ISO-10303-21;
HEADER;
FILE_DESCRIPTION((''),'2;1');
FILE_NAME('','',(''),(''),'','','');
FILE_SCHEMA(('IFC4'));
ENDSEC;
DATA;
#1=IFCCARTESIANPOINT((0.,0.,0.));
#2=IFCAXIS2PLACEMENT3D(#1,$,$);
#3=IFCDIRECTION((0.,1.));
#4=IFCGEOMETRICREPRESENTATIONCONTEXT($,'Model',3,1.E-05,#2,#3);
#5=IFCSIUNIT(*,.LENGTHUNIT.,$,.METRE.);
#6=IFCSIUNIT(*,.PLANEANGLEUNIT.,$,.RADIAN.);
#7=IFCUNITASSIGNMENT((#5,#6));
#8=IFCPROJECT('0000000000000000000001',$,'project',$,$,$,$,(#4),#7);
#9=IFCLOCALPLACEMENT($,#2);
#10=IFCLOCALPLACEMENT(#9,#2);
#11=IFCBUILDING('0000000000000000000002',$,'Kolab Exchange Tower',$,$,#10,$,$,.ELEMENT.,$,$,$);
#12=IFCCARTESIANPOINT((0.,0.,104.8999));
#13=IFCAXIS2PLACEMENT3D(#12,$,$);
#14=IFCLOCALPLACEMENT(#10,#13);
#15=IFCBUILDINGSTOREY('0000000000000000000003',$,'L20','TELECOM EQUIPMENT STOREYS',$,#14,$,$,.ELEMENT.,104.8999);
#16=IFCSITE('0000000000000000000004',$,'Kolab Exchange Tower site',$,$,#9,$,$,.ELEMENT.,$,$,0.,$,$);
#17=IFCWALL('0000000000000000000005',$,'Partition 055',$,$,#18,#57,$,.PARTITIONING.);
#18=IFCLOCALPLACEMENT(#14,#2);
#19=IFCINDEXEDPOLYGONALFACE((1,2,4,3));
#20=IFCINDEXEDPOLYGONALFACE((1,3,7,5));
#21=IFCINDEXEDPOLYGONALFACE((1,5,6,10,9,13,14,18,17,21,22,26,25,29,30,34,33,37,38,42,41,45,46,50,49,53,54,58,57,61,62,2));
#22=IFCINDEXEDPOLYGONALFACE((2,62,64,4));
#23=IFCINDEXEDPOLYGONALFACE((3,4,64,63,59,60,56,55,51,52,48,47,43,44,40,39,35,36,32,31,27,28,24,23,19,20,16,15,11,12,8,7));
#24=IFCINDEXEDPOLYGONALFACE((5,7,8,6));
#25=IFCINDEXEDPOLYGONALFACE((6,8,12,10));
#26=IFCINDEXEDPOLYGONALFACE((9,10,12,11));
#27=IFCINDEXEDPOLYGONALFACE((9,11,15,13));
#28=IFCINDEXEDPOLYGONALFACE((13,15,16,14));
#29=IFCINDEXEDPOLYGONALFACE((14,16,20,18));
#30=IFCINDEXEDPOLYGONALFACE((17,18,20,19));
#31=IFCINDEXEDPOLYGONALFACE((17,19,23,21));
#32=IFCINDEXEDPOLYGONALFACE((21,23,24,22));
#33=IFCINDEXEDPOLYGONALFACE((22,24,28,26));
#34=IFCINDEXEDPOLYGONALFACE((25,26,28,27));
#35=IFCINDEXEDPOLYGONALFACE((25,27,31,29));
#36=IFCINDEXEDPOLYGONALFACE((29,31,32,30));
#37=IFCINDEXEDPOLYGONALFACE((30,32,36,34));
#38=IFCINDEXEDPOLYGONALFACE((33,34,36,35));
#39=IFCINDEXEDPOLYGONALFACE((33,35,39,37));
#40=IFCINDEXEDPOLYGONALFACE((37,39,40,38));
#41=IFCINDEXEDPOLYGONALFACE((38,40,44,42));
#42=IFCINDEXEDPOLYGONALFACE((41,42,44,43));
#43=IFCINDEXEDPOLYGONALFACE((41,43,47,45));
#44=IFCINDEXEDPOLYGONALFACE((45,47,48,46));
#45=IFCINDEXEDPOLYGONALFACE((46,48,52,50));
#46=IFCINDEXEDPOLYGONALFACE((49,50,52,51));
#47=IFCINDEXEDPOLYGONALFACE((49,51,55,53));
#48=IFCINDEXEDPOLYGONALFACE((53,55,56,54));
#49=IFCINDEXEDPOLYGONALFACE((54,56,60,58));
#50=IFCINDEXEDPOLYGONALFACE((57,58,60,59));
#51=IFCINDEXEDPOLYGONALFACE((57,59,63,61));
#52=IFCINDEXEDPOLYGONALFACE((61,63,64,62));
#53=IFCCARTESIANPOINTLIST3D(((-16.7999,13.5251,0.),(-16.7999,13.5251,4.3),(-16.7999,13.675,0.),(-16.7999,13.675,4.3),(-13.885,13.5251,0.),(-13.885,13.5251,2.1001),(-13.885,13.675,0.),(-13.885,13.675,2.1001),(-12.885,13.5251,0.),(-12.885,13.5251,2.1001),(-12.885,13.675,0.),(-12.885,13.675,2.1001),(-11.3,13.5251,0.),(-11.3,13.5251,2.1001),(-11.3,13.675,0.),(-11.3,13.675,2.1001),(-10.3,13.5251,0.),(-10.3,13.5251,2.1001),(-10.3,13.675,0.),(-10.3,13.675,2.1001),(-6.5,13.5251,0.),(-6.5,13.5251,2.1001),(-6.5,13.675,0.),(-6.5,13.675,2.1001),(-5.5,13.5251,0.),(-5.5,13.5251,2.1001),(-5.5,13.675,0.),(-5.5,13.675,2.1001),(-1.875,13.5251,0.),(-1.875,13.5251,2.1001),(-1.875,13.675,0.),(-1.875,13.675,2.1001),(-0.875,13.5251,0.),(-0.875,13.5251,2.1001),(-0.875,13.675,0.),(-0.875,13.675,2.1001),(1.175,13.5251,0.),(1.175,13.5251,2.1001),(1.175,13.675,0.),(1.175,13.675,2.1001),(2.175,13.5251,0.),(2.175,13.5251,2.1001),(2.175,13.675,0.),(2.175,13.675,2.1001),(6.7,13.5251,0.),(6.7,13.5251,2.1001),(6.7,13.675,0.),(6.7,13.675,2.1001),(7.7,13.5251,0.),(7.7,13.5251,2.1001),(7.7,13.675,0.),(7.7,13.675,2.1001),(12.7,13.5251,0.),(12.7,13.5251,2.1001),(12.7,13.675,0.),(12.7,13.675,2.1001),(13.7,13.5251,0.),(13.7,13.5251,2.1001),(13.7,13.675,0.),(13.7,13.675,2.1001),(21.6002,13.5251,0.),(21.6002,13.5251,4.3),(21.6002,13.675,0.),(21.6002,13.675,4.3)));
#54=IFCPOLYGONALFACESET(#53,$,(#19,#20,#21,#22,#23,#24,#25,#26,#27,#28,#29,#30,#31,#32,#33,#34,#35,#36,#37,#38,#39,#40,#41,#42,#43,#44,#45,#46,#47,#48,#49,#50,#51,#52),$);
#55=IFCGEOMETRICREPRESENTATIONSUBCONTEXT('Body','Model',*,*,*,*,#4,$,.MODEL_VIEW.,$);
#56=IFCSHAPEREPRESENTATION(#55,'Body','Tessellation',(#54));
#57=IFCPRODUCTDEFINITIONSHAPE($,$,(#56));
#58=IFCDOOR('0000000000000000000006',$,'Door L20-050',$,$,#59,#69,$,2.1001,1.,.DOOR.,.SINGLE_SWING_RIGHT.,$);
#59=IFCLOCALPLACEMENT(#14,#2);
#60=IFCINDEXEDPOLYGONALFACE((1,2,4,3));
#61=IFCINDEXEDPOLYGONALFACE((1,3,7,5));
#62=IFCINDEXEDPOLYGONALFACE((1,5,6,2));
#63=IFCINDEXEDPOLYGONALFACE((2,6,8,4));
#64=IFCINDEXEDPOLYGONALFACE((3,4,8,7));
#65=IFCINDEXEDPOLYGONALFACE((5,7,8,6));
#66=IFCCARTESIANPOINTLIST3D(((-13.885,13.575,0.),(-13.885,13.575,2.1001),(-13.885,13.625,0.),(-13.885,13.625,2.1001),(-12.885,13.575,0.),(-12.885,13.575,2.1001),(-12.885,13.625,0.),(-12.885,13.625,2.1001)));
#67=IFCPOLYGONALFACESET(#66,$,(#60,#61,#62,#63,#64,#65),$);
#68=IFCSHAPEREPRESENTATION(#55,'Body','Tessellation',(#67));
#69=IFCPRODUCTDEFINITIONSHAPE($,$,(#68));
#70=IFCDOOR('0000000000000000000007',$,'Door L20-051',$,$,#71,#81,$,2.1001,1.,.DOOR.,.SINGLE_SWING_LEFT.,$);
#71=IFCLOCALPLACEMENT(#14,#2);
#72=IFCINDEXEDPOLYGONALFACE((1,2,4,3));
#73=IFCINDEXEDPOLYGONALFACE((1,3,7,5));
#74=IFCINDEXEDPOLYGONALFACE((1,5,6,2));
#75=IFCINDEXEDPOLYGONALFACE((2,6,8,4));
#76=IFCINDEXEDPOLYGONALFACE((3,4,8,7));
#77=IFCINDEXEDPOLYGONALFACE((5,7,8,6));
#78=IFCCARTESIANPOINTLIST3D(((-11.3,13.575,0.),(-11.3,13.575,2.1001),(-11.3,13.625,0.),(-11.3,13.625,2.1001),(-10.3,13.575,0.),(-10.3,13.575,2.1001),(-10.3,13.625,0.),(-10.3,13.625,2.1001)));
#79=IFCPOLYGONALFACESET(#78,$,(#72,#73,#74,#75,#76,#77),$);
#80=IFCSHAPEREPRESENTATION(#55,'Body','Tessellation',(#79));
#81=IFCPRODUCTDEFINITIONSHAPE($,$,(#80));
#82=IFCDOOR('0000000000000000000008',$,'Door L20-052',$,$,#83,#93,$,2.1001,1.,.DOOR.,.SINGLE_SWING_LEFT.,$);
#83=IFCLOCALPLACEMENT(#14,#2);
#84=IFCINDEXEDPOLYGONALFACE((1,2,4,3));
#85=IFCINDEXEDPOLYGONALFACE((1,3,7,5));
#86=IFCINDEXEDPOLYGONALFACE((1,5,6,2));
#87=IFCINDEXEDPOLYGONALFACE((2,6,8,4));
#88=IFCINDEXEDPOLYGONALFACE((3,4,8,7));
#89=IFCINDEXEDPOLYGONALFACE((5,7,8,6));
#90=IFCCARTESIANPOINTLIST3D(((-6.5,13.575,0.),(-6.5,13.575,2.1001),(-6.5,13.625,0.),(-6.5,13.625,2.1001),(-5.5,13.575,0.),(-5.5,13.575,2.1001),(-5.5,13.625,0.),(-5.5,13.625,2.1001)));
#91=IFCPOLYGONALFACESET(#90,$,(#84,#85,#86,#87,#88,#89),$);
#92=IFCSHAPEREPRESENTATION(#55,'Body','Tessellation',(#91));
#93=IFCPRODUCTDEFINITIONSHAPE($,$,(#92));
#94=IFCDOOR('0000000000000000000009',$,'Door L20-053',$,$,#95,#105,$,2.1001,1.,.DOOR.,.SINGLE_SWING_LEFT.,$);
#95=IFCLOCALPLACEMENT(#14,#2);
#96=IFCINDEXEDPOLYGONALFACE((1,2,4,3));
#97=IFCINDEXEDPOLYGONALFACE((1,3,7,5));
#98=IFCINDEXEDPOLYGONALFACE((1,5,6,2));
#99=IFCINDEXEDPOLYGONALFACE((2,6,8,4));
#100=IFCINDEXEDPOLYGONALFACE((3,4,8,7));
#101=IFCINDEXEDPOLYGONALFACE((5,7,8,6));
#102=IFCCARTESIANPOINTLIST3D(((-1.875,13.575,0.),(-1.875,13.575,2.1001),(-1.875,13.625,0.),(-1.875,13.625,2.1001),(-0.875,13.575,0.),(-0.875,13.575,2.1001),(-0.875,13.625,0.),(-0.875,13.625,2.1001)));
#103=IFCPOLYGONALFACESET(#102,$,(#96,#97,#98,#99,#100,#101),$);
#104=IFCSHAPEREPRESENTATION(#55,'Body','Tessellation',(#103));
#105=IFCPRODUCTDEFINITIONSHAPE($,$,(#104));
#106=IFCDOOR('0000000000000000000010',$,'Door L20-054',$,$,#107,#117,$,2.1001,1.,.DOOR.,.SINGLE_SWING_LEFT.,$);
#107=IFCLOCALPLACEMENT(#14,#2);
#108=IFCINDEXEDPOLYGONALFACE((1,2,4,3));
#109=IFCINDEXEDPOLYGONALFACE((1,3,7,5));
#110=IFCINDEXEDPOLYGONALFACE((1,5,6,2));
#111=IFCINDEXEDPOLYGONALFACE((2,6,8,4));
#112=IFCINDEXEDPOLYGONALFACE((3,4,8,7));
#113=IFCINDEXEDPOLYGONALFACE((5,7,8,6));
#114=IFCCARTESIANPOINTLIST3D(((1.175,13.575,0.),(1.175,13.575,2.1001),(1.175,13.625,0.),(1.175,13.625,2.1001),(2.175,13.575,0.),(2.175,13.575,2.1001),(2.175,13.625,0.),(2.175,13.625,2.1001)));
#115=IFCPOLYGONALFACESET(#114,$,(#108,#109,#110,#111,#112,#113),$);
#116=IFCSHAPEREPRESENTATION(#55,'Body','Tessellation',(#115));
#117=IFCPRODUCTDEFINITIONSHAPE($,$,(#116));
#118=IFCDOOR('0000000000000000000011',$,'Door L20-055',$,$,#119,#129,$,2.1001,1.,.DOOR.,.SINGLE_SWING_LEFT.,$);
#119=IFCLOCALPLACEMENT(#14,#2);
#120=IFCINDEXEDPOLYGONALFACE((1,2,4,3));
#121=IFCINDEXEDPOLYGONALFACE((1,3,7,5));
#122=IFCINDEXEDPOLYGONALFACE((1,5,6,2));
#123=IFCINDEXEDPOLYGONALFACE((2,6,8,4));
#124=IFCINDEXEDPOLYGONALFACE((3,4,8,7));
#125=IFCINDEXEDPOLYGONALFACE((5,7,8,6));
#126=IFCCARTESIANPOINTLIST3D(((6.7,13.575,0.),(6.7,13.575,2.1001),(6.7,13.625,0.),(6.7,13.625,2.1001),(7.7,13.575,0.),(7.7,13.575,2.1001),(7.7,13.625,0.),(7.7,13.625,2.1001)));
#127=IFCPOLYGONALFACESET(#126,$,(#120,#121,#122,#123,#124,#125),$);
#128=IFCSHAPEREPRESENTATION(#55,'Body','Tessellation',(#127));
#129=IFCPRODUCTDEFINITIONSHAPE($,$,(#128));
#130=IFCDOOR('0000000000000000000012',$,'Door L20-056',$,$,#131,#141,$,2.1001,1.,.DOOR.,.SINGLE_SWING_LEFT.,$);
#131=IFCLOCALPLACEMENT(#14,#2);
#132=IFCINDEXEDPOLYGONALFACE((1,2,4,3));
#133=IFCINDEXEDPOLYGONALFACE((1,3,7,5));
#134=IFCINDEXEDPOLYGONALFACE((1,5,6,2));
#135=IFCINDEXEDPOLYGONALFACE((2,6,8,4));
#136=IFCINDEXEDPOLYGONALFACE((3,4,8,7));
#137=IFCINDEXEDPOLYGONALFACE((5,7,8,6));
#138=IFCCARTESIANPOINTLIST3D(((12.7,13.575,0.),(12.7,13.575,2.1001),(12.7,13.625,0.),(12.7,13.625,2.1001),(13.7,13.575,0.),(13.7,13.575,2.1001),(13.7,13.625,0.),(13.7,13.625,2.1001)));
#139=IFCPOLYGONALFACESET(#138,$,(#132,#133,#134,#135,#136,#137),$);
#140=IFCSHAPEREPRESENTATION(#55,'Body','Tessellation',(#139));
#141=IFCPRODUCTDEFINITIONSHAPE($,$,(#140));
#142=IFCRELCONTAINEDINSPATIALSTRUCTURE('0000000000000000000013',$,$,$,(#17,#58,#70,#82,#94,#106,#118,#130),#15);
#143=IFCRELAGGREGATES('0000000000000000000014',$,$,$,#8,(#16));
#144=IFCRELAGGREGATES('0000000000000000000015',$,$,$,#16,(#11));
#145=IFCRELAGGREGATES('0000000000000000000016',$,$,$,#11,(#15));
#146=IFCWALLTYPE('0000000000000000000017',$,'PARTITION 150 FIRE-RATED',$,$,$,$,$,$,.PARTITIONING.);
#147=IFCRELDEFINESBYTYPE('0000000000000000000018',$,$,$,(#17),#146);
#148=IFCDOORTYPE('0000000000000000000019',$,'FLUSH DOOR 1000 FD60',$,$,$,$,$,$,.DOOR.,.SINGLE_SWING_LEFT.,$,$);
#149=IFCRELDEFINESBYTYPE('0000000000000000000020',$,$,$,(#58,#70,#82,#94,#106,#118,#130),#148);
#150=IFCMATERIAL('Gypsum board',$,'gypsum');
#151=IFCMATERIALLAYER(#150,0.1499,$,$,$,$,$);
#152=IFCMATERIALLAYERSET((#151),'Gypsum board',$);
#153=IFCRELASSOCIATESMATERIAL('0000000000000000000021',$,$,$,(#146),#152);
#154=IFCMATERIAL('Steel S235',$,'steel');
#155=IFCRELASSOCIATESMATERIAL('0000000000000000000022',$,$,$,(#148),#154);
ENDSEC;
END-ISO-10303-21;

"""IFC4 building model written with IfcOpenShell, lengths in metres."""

from ifc_helpers import new_model, si_unit, direction, frame, frame_2d, origin, place, context, subcontext, project, spatial, rectangle, extrude, material, layer, layer_set, type_object, element, fill, save


model = new_model("IFC4")

# Units and contexts
model_context = context("Model", 3, precision=1e-05, world=origin(), true_north=direction((0.0, 1.0)))
body_context = subcontext(model_context, "Body", "Model", "MODEL_VIEW")
ifc_project = project(units=[si_unit("LENGTHUNIT", "METRE"), si_unit("PLANEANGLEUNIT", "RADIAN")], contexts=[model_context])

# Site, building, storey
site_placement = place(None, origin())
site = spatial("IfcSite", under=ifc_project, at=site_placement, Name="Kolab Exchange Tower site", CompositionType="ELEMENT", RefElevation=0.0)
building_placement = place(site_placement, origin())
building = spatial("IfcBuilding", under=site, at=building_placement, Name="Kolab Exchange Tower", CompositionType="ELEMENT")
storey_placement = place(building_placement, frame((0.0, 0.0, 104.8999)))
storey = spatial("IfcBuildingStorey", under=building, at=storey_placement, Name="L20", Description="TELECOM EQUIPMENT STOREYS", CompositionType="ELEMENT", Elevation=104.8999)

# Shared definitions
ifc_material_1 = material(Name="Gypsum board", Category="gypsum")

# Wall, openings, doors
ifc_layer_1 = layer(ifc_material_1, 0.1499)
ifc_layer_set_1 = layer_set([ifc_layer_1], Name="Gypsum board")
wall_type_1 = type_object("IfcWallType", Name="PARTITION 150 FIRE-RATED", PredefinedType="PARTITIONING", material=ifc_layer_set_1)
wall_1_placement = place(storey_placement, frame((-16.8, 13.6001, 0.0), z_axis=(0.0, 0.0, 1.0), x_axis=(1.0, 0.0, 0.0)))
wall_1 = element("IfcWall", 1, at=wall_1_placement, inside=storey, type_object=wall_type_1, Name="Partition 055", PredefinedType="PARTITIONING", context=body_context, shape_type="SweptSolid", body=[
    extrude(rectangle(XDim=38.4001, YDim=0.1499, at=frame_2d((19.2002, 0.0))), origin(), (0.0, 0.0, 1.0), 4.3),
])
opening_1_placement = place(wall_1_placement, frame((2.915, 0.0, 0.0)))
opening_1 = element("IfcOpeningElement", 2, at=opening_1_placement, cuts=wall_1, PredefinedType="OPENING", context=body_context, shape_type="SweptSolid", body=[
    extrude(rectangle(XDim=1.0, YDim=2.1001, at=frame_2d((0.5, 1.05))), frame((0.0, 0.085, 0.0), z_axis=(0.0, -1.0, 0.0), x_axis=(1.0, 0.0, 0.0)), (0.0, 0.0, 1.0), 0.1699),
])
opening_2_placement = place(wall_1_placement, frame((5.5, 0.0, 0.0)))
opening_2 = element("IfcOpeningElement", 3, at=opening_2_placement, cuts=wall_1, PredefinedType="OPENING", context=body_context, shape_type="SweptSolid", body=[
    extrude(rectangle(XDim=1.0, YDim=2.1001, at=frame_2d((0.5, 1.05))), frame((0.0, 0.085, 0.0), z_axis=(0.0, -1.0, 0.0), x_axis=(1.0, 0.0, 0.0)), (0.0, 0.0, 1.0), 0.1699),
])
opening_3_placement = place(wall_1_placement, frame((10.3, 0.0, 0.0)))
opening_3 = element("IfcOpeningElement", 4, at=opening_3_placement, cuts=wall_1, PredefinedType="OPENING", context=body_context, shape_type="SweptSolid", body=[
    extrude(rectangle(XDim=1.0, YDim=2.1001, at=frame_2d((0.5, 1.05))), frame((0.0, 0.085, 0.0), z_axis=(0.0, -1.0, 0.0), x_axis=(1.0, 0.0, 0.0)), (0.0, 0.0, 1.0), 0.1699),
])
opening_4_placement = place(wall_1_placement, frame((14.925, 0.0, 0.0)))
opening_4 = element("IfcOpeningElement", 5, at=opening_4_placement, cuts=wall_1, PredefinedType="OPENING", context=body_context, shape_type="SweptSolid", body=[
    extrude(rectangle(XDim=1.0, YDim=2.1001, at=frame_2d((0.5, 1.05))), frame((0.0, 0.085, 0.0), z_axis=(0.0, -1.0, 0.0), x_axis=(1.0, 0.0, 0.0)), (0.0, 0.0, 1.0), 0.1699),
])
opening_5_placement = place(wall_1_placement, frame((17.9751, 0.0, 0.0)))
opening_5 = element("IfcOpeningElement", 6, at=opening_5_placement, cuts=wall_1, PredefinedType="OPENING", context=body_context, shape_type="SweptSolid", body=[
    extrude(rectangle(XDim=1.0, YDim=2.1001, at=frame_2d((0.5, 1.05))), frame((0.0, 0.085, 0.0), z_axis=(0.0, -1.0, 0.0), x_axis=(1.0, 0.0, 0.0)), (0.0, 0.0, 1.0), 0.1699),
])
opening_6_placement = place(wall_1_placement, frame((23.5, 0.0, 0.0)))
opening_6 = element("IfcOpeningElement", 7, at=opening_6_placement, cuts=wall_1, PredefinedType="OPENING", context=body_context, shape_type="SweptSolid", body=[
    extrude(rectangle(XDim=1.0, YDim=2.1001, at=frame_2d((0.5, 1.05))), frame((0.0, 0.085, 0.0), z_axis=(0.0, -1.0, 0.0), x_axis=(1.0, 0.0, 0.0)), (0.0, 0.0, 1.0), 0.1699),
])
opening_7_placement = place(wall_1_placement, frame((29.5, 0.0, 0.0)))
opening_7 = element("IfcOpeningElement", 8, at=opening_7_placement, cuts=wall_1, PredefinedType="OPENING", context=body_context, shape_type="SweptSolid", body=[
    extrude(rectangle(XDim=1.0, YDim=2.1001, at=frame_2d((0.5, 1.05))), frame((0.0, 0.085, 0.0), z_axis=(0.0, -1.0, 0.0), x_axis=(1.0, 0.0, 0.0)), (0.0, 0.0, 1.0), 0.1699),
])
ifc_material_2 = material(Name="Steel S235", Category="steel")
door_type_1 = type_object("IfcDoorType", Name="FLUSH DOOR 1000 FD60", OperationType="SINGLE_SWING_LEFT", PredefinedType="DOOR", material=ifc_material_2)
door_1_placement = place(opening_1_placement, origin())
door_1 = element("IfcDoor", 9, at=door_1_placement, inside=storey, type_object=door_type_1, Name="Door L20-050", OperationType="SINGLE_SWING_RIGHT", OverallHeight=2.1001, OverallWidth=1.0, PredefinedType="DOOR", context=body_context, shape_type="SweptSolid", body=[
    extrude(rectangle(XDim=1.0, YDim=2.1001, at=frame_2d((0.5, 1.05))), frame((0.0, 0.0249, 0.0), z_axis=(0.0, -1.0, 0.0), x_axis=(1.0, 0.0, 0.0)), (0.0, 0.0, 1.0), 0.05),
])
fill(opening_1, door_1)
door_2_placement = place(opening_2_placement, origin())
door_2 = element("IfcDoor", 10, at=door_2_placement, inside=storey, type_object=door_type_1, Name="Door L20-051", OperationType="SINGLE_SWING_LEFT", OverallHeight=2.1001, OverallWidth=1.0, PredefinedType="DOOR", context=body_context, shape_type="SweptSolid", body=[
    extrude(rectangle(XDim=1.0, YDim=2.1001, at=frame_2d((0.5, 1.05))), frame((0.0, 0.0249, 0.0), z_axis=(0.0, -1.0, 0.0), x_axis=(1.0, 0.0, 0.0)), (0.0, 0.0, 1.0), 0.05),
])
fill(opening_2, door_2)
door_3_placement = place(opening_3_placement, origin())
door_3 = element("IfcDoor", 11, at=door_3_placement, inside=storey, type_object=door_type_1, Name="Door L20-052", OperationType="SINGLE_SWING_LEFT", OverallHeight=2.1001, OverallWidth=1.0, PredefinedType="DOOR", context=body_context, shape_type="SweptSolid", body=[
    extrude(rectangle(XDim=1.0, YDim=2.1001, at=frame_2d((0.5, 1.05))), frame((0.0, 0.0249, 0.0), z_axis=(0.0, -1.0, 0.0), x_axis=(1.0, 0.0, 0.0)), (0.0, 0.0, 1.0), 0.05),
])
fill(opening_3, door_3)
door_4_placement = place(opening_4_placement, origin())
door_4 = element("IfcDoor", 12, at=door_4_placement, inside=storey, type_object=door_type_1, Name="Door L20-053", OperationType="SINGLE_SWING_LEFT", OverallHeight=2.1001, OverallWidth=1.0, PredefinedType="DOOR", context=body_context, shape_type="SweptSolid", body=[
    extrude(rectangle(XDim=1.0, YDim=2.1001, at=frame_2d((0.5, 1.05))), frame((0.0, 0.0249, 0.0), z_axis=(0.0, -1.0, 0.0), x_axis=(1.0, 0.0, 0.0)), (0.0, 0.0, 1.0), 0.05),
])
fill(opening_4, door_4)
door_5_placement = place(opening_5_placement, origin())
door_5 = element("IfcDoor", 13, at=door_5_placement, inside=storey, type_object=door_type_1, Name="Door L20-054", OperationType="SINGLE_SWING_LEFT", OverallHeight=2.1001, OverallWidth=1.0, PredefinedType="DOOR", context=body_context, shape_type="SweptSolid", body=[
    extrude(rectangle(XDim=1.0, YDim=2.1001, at=frame_2d((0.5, 1.05))), frame((0.0, 0.0249, 0.0), z_axis=(0.0, -1.0, 0.0), x_axis=(1.0, 0.0, 0.0)), (0.0, 0.0, 1.0), 0.05),
])
fill(opening_5, door_5)
door_6_placement = place(opening_6_placement, origin())
door_6 = element("IfcDoor", 14, at=door_6_placement, inside=storey, type_object=door_type_1, Name="Door L20-055", OperationType="SINGLE_SWING_LEFT", OverallHeight=2.1001, OverallWidth=1.0, PredefinedType="DOOR", context=body_context, shape_type="SweptSolid", body=[
    extrude(rectangle(XDim=1.0, YDim=2.1001, at=frame_2d((0.5, 1.05))), frame((0.0, 0.0249, 0.0), z_axis=(0.0, -1.0, 0.0), x_axis=(1.0, 0.0, 0.0)), (0.0, 0.0, 1.0), 0.05),
])
fill(opening_6, door_6)
door_7_placement = place(opening_7_placement, origin())
door_7 = element("IfcDoor", 15, at=door_7_placement, inside=storey, type_object=door_type_1, Name="Door L20-056", OperationType="SINGLE_SWING_LEFT", OverallHeight=2.1001, OverallWidth=1.0, PredefinedType="DOOR", context=body_context, shape_type="SweptSolid", body=[
    extrude(rectangle(XDim=1.0, YDim=2.1001, at=frame_2d((0.5, 1.05))), frame((0.0, 0.0249, 0.0), z_axis=(0.0, -1.0, 0.0), x_axis=(1.0, 0.0, 0.0)), (0.0, 0.0, 1.0), 0.05),
])
fill(opening_7, door_7)

save(model, "model.ifc")
